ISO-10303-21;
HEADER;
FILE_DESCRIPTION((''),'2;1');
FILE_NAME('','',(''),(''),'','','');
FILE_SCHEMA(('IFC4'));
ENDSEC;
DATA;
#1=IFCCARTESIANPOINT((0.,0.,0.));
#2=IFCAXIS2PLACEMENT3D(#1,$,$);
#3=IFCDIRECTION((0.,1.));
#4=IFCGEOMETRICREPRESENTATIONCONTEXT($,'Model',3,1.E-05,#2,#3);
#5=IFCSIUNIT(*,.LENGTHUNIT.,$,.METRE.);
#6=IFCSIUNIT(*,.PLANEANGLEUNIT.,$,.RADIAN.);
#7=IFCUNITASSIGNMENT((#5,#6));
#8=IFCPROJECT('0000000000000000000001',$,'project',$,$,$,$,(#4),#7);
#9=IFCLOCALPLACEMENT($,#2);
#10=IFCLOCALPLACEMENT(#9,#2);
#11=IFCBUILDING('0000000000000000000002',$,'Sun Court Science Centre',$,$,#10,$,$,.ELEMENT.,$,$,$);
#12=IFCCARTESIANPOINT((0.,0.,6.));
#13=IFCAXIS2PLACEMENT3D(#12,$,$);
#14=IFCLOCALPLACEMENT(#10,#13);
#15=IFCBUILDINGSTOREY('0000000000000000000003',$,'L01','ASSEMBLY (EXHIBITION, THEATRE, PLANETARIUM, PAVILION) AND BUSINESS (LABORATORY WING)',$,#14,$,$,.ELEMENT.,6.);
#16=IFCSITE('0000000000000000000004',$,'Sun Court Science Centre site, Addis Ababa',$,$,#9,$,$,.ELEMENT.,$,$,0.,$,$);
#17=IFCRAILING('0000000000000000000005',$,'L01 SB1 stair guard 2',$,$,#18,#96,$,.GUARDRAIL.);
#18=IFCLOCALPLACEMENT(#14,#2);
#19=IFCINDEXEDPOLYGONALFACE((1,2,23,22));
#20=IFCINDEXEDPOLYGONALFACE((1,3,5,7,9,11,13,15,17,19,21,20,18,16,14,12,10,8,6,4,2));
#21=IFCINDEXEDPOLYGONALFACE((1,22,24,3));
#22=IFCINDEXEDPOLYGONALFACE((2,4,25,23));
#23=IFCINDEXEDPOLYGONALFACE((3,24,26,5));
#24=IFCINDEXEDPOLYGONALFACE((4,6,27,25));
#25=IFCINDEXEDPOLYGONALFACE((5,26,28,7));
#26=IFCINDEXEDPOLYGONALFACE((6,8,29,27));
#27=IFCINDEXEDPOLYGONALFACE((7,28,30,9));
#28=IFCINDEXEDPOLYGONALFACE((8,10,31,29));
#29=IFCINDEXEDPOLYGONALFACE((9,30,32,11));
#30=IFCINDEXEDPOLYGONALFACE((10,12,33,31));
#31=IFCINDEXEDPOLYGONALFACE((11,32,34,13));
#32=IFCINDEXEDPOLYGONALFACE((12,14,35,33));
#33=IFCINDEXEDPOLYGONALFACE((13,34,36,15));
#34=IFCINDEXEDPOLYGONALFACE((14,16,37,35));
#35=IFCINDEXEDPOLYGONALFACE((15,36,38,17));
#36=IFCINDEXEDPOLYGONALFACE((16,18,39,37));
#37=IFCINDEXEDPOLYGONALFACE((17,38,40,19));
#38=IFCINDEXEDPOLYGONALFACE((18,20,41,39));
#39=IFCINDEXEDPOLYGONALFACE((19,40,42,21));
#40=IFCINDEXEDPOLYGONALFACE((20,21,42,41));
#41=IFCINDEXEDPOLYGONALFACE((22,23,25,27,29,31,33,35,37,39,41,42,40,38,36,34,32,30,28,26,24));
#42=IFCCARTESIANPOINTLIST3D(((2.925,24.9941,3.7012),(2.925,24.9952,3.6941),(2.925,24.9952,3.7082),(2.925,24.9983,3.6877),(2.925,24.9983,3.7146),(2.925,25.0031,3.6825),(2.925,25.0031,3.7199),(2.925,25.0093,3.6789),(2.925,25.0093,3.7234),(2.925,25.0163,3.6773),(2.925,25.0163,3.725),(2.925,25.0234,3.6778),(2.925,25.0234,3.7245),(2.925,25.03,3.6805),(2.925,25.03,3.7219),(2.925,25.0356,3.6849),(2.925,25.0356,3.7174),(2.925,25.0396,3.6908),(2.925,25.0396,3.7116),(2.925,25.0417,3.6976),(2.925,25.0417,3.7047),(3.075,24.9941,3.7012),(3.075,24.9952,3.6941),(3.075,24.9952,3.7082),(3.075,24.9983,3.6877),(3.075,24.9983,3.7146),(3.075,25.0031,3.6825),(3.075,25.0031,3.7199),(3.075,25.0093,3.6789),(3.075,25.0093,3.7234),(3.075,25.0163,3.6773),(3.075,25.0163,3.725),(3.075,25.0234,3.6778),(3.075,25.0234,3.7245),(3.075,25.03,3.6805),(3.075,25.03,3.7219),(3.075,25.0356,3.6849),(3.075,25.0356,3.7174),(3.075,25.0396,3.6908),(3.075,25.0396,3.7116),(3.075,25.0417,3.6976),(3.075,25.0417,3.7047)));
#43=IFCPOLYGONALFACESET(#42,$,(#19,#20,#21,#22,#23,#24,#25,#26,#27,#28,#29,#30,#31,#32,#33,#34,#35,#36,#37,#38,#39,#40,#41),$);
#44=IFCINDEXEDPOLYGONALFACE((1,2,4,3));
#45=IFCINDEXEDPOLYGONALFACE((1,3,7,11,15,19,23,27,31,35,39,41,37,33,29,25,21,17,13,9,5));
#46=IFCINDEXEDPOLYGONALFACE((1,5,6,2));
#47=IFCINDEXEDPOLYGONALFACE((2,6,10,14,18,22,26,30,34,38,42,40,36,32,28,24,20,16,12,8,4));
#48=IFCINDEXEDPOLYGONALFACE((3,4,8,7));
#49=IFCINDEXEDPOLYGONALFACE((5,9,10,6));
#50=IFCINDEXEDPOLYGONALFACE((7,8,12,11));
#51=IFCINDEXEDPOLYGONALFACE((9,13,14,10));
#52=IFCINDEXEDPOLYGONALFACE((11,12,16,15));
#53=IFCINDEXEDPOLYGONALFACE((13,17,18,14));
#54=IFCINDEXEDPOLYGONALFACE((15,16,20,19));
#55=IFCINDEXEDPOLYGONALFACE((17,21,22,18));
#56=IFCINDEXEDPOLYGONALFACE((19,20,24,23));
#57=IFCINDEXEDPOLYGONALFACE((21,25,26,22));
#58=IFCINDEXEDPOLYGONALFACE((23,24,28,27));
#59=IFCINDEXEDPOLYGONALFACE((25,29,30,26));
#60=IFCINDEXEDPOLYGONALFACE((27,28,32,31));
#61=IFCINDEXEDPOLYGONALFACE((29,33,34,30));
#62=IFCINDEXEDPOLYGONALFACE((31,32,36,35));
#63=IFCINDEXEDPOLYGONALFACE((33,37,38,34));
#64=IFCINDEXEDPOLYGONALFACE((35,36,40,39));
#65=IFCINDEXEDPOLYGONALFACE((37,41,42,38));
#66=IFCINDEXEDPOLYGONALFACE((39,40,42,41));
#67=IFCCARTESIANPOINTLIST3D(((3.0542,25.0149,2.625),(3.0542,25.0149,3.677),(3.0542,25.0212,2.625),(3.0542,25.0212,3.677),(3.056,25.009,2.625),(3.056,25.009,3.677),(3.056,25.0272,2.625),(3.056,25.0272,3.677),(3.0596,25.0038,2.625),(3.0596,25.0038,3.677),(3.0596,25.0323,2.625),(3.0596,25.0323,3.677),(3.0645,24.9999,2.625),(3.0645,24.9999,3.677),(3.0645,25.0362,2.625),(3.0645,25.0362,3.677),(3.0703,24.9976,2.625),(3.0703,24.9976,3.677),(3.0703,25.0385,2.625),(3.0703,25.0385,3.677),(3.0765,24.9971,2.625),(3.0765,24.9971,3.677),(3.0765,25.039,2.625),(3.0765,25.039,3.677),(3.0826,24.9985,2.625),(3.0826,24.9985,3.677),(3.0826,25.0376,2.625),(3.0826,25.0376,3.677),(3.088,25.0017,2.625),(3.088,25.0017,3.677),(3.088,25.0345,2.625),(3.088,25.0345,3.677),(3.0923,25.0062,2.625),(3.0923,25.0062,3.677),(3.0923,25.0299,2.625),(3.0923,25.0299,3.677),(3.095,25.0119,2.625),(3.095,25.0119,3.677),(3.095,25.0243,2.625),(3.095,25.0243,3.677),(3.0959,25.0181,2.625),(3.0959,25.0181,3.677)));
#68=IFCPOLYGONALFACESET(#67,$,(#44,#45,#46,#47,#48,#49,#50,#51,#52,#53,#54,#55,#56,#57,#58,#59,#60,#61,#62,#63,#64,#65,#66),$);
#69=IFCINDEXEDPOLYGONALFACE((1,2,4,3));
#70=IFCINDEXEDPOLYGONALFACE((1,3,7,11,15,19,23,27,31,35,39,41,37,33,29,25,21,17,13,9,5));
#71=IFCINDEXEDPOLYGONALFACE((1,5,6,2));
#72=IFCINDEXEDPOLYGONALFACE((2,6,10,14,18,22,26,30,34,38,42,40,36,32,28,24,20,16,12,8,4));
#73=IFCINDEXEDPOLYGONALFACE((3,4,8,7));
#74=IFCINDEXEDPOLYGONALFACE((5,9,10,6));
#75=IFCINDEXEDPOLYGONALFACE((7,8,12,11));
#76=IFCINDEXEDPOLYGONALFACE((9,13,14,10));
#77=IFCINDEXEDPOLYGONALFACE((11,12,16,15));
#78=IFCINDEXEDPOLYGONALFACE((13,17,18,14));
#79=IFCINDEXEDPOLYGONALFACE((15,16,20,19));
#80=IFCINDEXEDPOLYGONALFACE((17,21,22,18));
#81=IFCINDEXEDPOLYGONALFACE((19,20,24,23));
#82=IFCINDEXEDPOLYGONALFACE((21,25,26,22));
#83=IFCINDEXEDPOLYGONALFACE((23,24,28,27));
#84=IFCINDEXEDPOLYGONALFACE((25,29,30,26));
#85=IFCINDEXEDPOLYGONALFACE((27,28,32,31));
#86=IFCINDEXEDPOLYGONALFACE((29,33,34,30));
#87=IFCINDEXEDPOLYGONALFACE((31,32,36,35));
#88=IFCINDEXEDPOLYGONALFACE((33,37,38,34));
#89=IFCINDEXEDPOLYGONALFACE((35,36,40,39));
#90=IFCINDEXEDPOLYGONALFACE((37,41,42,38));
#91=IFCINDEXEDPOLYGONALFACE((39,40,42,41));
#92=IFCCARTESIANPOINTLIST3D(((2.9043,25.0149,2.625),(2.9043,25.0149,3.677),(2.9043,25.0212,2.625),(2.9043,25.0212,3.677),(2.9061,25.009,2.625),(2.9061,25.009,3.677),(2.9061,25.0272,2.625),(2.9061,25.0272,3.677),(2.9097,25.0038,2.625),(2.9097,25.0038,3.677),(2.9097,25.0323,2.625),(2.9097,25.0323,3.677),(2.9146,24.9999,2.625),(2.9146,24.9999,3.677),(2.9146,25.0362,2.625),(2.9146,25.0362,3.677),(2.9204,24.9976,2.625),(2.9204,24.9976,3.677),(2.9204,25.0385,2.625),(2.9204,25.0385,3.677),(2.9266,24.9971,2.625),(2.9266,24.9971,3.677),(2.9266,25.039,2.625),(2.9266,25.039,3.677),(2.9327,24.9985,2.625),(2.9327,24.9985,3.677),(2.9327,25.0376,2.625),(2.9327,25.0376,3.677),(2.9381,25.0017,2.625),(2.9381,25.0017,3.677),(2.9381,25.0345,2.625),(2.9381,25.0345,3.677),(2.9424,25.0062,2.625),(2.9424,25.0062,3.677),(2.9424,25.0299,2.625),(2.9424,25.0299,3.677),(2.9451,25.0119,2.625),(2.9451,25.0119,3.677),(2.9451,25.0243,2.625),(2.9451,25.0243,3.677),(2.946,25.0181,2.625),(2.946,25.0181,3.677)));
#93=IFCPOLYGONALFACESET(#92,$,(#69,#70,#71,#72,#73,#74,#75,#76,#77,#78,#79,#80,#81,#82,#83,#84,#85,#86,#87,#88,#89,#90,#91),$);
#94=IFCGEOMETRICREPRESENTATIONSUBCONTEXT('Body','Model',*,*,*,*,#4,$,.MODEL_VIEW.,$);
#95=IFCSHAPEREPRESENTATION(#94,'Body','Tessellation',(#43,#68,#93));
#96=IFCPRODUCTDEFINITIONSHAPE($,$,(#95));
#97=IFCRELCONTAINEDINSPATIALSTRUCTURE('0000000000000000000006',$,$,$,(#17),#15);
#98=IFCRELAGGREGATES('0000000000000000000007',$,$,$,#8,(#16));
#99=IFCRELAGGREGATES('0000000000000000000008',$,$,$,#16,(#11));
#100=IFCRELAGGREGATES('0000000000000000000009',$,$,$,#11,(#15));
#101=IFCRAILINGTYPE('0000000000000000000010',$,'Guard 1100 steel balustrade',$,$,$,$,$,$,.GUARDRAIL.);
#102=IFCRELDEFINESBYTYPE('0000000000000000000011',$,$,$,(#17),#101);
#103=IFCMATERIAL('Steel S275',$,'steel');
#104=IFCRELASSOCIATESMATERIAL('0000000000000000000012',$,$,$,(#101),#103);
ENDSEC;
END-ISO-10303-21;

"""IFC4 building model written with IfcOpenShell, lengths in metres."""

from ifc_helpers import new_model, si_unit, direction, frame, origin, origin_2d, place, context, subcontext, project, spatial, circle, extrude, material, type_object, element, save


model = new_model("IFC4")

# Units and contexts
model_context = context("Model", 3, precision=1e-05, world=origin(), true_north=direction((0.0, 1.0)))
body_context = subcontext(model_context, "Body", "Model", "MODEL_VIEW")
ifc_project = project(units=[si_unit("LENGTHUNIT", "METRE"), si_unit("PLANEANGLEUNIT", "RADIAN")], contexts=[model_context])

# Site, building, storey
site_placement = place(None, origin())
site = spatial("IfcSite", under=ifc_project, at=site_placement, Name="Sun Court Science Centre site, Addis Ababa", CompositionType="ELEMENT", RefElevation=0.0)
building_placement = place(site_placement, origin())
building = spatial("IfcBuilding", under=site, at=building_placement, Name="Sun Court Science Centre", CompositionType="ELEMENT")
storey_placement = place(building_placement, frame((0.0, 0.0, 6.0)))
storey = spatial("IfcBuildingStorey", under=building, at=storey_placement, Name="L01", Description="ASSEMBLY (EXHIBITION, THEATRE, PLANETARIUM, PAVILION) AND BUSINESS (LABORATORY WING)", CompositionType="ELEMENT", Elevation=6.0)

# Railing
ifc_material_1 = material(Name="Steel S275", Category="steel")
railing_type_1 = type_object("IfcRailingType", Name="Guard 1100 steel balustrade", PredefinedType="GUARDRAIL", material=ifc_material_1)
railing_1_placement = place(storey_placement, frame((3.075, 25.0181, 2.625)))
element("IfcRailing", 1, at=railing_1_placement, inside=storey, type_object=railing_type_1, Name="L01 SB1 stair guard 2", PredefinedType="GUARDRAIL", context=body_context, shape_type="SweptSolid", body=[
    extrude(circle(Radius=0.0239, at=origin_2d()), frame((0.0, 0.0, 1.0762), z_axis=(-1.0, 0.0, 0.0), x_axis=(0.0, -1.0, 0.0)), (0.0, 0.0, 1.0), 0.1499),
    extrude(circle(Radius=0.021, at=origin_2d()), origin(), (0.0, 0.0, 1.0), 1.052),
    extrude(circle(Radius=0.021, at=origin_2d()), frame((-0.1499, 0.0, 0.0)), (0.0, 0.0, 1.0), 1.052),
])

save(model, "model.ifc")
